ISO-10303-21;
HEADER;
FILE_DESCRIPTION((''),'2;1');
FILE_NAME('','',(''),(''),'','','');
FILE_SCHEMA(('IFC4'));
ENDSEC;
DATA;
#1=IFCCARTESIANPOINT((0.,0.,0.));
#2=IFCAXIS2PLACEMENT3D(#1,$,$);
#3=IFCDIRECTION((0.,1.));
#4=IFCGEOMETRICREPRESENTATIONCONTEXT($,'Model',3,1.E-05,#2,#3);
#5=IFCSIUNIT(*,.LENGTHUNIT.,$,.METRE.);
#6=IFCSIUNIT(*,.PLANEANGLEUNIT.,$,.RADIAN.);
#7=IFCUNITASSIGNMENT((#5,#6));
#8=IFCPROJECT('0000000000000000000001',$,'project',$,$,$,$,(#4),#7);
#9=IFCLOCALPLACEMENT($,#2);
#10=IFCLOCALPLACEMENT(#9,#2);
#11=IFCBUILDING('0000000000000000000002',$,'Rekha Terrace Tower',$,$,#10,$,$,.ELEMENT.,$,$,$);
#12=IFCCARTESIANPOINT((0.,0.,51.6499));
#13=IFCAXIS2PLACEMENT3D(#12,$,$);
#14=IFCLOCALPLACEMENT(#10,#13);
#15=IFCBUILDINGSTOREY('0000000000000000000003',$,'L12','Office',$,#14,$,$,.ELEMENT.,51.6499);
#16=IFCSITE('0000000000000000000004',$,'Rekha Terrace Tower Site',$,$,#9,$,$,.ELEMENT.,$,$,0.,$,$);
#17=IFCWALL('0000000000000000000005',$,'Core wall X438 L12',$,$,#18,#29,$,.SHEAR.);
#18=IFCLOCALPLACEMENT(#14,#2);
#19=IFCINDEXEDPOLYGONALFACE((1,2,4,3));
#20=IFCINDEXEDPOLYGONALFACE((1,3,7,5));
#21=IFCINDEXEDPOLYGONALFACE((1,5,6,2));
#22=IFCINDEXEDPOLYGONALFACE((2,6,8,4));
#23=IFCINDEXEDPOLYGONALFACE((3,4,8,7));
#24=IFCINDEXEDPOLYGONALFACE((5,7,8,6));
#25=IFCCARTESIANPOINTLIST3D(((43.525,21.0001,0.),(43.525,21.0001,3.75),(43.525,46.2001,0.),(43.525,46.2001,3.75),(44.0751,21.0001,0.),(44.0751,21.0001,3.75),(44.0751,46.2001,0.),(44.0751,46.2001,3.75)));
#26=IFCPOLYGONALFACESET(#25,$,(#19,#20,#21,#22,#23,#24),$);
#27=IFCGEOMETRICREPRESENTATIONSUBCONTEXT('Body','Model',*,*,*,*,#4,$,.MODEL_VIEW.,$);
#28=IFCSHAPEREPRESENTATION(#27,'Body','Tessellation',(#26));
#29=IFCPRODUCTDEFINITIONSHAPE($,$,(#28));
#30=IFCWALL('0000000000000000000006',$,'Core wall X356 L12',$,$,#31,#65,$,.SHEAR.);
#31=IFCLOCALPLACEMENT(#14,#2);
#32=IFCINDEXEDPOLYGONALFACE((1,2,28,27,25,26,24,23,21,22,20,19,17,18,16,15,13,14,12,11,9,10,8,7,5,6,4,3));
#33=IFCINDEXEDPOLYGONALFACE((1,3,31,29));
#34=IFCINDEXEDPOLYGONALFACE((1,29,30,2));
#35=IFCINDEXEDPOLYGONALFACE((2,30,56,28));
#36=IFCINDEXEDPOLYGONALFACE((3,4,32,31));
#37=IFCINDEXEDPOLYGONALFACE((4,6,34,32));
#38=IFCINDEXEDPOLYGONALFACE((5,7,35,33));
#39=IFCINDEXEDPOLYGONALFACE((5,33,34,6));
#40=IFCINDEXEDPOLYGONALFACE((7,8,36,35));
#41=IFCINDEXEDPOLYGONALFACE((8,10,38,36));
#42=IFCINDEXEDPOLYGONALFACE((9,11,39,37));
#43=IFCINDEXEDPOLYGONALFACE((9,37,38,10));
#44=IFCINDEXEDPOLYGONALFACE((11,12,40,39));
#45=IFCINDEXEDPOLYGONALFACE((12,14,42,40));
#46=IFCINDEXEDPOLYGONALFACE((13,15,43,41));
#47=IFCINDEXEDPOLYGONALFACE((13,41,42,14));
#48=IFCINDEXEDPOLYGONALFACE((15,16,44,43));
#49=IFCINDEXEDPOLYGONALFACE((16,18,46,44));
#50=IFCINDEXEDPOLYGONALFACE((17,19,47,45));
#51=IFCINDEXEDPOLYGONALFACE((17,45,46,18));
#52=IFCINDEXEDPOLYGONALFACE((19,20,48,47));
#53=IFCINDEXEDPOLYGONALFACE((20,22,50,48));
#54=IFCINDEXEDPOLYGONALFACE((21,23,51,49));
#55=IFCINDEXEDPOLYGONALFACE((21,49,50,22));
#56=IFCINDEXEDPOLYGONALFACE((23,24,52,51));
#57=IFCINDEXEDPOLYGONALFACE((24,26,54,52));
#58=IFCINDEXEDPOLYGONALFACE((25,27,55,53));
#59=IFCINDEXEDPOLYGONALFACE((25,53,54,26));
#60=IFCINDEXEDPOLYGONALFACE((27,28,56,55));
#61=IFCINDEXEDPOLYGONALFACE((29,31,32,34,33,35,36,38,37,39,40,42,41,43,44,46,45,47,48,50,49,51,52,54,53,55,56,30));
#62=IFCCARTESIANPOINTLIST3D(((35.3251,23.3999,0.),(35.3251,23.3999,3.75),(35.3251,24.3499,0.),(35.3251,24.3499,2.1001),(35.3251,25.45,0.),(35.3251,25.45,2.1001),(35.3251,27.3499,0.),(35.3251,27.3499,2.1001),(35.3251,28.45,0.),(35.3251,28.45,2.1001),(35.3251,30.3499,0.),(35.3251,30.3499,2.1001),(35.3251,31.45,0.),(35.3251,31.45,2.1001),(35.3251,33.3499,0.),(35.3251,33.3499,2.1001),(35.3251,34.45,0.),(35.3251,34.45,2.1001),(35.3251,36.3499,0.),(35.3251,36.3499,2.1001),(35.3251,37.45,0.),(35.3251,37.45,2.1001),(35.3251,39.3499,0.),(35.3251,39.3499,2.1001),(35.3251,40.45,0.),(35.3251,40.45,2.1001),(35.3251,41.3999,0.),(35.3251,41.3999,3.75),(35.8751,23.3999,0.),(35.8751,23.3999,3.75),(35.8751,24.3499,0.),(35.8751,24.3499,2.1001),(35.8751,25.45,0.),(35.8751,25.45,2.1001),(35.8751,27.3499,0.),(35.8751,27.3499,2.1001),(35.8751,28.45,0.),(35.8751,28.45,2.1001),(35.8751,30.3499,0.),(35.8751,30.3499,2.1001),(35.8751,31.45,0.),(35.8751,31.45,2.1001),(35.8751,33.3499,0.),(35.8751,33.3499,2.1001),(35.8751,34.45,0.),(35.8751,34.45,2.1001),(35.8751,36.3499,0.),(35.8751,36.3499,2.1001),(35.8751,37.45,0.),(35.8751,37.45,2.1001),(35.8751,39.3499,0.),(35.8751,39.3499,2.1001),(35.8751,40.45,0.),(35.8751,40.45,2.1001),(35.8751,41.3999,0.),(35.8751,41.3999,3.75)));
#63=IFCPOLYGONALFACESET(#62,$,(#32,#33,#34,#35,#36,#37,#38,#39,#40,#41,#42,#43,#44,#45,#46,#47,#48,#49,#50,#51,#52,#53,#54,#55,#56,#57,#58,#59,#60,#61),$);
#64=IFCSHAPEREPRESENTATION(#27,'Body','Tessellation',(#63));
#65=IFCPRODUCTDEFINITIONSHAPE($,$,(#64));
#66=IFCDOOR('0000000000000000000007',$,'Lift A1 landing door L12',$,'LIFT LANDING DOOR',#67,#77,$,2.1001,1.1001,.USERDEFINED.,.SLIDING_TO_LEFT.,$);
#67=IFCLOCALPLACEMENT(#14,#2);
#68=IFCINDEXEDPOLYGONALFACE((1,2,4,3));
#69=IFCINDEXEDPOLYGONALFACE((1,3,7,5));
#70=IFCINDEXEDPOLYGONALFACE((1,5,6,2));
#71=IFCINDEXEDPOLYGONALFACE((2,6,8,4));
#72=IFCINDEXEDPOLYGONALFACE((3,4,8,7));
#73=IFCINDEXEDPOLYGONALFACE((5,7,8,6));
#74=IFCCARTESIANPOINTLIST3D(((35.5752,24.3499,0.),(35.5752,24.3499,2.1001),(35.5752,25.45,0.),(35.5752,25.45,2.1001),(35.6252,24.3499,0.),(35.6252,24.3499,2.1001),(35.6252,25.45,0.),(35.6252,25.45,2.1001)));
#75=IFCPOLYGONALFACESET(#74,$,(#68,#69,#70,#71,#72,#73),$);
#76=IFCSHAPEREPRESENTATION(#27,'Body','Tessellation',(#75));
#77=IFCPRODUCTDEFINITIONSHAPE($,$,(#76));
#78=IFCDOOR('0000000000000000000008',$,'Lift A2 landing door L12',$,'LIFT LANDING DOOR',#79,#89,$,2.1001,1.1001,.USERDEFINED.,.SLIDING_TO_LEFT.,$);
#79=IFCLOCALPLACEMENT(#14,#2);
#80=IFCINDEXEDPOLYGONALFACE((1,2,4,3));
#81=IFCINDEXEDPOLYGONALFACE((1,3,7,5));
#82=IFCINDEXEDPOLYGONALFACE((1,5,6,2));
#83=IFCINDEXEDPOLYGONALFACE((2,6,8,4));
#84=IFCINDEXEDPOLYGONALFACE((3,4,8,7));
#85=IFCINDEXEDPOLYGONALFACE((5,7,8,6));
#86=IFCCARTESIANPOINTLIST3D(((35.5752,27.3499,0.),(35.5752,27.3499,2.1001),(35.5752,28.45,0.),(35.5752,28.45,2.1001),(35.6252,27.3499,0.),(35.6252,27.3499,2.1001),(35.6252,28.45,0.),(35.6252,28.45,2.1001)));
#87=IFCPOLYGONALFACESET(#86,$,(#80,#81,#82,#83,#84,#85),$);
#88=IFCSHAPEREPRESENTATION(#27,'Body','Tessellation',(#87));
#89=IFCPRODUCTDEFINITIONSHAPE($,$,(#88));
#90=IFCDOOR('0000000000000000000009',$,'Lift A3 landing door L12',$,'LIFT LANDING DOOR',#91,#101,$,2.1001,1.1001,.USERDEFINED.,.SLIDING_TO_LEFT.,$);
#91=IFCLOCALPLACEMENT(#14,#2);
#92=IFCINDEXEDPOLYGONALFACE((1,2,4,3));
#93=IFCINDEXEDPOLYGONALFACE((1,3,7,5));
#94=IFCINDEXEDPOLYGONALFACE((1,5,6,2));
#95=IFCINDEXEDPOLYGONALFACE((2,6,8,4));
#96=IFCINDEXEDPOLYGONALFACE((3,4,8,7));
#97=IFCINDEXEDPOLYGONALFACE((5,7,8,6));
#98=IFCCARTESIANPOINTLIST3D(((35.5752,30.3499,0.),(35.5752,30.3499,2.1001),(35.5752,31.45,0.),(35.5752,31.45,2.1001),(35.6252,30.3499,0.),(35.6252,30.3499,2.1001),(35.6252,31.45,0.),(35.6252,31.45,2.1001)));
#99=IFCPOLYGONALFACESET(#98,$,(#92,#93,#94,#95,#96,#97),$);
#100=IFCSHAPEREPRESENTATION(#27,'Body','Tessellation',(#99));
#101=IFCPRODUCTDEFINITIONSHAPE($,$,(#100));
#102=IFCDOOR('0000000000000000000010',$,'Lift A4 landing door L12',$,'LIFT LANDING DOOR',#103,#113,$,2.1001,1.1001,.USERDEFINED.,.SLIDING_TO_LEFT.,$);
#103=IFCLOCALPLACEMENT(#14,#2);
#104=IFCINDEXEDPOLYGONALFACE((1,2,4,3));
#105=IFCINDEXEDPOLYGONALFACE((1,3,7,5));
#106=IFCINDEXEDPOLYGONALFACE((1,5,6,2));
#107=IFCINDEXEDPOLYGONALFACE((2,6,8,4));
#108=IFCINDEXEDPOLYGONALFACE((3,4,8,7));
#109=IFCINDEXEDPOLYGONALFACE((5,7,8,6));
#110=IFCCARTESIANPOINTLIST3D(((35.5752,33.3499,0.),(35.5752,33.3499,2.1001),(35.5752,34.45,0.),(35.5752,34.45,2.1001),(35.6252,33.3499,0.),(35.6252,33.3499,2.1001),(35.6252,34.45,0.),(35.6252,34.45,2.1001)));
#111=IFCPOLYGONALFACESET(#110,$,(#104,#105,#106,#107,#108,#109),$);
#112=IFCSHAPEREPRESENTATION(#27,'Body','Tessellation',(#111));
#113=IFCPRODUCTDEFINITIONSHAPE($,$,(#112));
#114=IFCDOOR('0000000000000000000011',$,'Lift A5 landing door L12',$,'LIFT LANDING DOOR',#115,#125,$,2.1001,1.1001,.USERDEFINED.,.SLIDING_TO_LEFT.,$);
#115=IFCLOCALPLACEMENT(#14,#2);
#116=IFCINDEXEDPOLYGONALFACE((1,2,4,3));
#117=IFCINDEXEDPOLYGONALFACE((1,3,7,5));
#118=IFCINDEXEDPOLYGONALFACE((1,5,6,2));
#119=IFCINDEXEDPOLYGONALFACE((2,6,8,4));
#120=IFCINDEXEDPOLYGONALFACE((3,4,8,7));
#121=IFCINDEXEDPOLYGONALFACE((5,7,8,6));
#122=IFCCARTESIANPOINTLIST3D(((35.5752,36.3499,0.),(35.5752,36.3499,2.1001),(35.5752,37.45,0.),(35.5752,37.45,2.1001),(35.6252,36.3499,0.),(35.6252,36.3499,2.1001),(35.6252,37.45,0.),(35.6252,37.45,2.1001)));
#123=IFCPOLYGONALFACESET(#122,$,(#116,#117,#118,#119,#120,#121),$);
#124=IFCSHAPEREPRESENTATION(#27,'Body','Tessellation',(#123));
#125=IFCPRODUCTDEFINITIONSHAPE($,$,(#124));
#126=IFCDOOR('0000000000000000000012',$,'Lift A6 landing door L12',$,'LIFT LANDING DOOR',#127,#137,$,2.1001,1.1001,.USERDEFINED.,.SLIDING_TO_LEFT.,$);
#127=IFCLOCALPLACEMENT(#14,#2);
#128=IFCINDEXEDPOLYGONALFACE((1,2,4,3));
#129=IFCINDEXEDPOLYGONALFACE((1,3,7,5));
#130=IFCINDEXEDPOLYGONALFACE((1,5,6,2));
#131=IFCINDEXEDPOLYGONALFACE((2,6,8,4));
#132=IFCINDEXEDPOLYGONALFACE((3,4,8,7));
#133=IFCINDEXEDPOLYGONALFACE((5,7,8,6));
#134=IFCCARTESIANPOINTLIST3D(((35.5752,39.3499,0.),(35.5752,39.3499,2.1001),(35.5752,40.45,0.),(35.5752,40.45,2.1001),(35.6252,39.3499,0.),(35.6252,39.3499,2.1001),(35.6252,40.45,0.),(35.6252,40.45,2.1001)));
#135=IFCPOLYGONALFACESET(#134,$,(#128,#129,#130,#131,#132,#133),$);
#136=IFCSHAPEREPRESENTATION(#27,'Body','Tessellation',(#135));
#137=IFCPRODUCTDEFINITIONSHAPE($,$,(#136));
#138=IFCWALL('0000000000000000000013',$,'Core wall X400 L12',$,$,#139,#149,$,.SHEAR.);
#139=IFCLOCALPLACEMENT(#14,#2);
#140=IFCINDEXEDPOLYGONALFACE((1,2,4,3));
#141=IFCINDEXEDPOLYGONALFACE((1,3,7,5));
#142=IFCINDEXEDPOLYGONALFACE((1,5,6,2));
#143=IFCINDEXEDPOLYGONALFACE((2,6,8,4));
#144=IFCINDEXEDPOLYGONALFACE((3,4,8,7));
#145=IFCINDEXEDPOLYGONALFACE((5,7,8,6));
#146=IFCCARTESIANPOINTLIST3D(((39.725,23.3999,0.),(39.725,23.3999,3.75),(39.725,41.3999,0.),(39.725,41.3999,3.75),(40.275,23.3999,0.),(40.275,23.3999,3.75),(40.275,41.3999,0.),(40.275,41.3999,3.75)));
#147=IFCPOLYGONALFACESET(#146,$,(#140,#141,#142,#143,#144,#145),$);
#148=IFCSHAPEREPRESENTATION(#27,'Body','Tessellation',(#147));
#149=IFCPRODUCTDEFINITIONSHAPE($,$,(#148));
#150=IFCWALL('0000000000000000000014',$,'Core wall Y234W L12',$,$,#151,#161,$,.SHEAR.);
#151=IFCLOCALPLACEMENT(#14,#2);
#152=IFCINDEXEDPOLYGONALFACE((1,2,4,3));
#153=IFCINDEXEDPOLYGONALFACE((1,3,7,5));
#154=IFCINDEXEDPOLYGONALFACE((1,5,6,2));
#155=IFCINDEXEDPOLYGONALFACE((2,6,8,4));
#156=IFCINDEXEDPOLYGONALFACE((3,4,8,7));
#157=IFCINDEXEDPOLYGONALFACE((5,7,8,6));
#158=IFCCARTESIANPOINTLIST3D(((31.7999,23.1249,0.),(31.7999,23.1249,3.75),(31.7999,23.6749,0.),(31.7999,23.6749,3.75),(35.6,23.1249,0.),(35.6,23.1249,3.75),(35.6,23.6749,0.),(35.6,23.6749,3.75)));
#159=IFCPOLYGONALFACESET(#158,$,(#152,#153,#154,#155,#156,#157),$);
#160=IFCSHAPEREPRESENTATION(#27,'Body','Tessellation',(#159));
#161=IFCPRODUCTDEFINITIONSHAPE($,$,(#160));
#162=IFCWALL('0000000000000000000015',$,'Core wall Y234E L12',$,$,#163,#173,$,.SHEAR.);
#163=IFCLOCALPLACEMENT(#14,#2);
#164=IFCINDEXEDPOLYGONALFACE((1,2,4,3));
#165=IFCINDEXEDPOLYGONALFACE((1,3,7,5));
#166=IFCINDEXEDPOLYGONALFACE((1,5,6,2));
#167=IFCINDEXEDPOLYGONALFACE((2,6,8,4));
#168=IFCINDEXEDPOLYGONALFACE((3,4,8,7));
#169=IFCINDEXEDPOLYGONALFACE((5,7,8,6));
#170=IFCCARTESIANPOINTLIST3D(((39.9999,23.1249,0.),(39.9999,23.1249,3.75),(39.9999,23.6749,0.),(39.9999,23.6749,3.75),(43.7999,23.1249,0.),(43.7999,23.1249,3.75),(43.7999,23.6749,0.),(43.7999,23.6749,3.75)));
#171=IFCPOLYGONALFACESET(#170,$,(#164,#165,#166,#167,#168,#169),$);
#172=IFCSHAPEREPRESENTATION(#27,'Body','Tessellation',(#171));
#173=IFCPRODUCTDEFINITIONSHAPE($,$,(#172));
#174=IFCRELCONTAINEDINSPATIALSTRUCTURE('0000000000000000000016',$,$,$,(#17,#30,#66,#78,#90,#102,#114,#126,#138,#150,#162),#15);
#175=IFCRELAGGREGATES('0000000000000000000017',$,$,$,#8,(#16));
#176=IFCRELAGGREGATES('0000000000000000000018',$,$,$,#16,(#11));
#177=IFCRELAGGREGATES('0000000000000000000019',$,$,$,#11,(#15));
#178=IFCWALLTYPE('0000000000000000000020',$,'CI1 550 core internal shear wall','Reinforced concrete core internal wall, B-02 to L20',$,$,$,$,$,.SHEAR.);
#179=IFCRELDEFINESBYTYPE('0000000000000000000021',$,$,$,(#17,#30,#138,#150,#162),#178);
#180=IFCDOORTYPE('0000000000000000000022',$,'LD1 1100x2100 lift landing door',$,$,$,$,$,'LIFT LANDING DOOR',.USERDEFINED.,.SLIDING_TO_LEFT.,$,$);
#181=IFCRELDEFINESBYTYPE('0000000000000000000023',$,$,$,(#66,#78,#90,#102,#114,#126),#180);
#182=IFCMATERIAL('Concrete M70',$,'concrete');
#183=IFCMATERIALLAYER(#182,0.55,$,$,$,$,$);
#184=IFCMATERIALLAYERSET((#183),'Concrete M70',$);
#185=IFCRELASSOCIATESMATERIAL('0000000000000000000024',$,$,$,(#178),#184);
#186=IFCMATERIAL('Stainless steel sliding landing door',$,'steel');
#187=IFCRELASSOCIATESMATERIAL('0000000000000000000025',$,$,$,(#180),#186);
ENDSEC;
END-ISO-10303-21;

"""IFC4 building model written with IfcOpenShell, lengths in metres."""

from ifc_helpers import new_model, si_unit, direction, frame, frame_2d, origin, place, context, subcontext, project, spatial, rectangle, extrude, material, layer, layer_set, type_object, element, fill, save


model = new_model("IFC4")

# Units and contexts
model_context = context("Model", 3, precision=1e-05, world=origin(), true_north=direction((0.0, 1.0)))
body_context = subcontext(model_context, "Body", "Model", "MODEL_VIEW")
ifc_project = project(units=[si_unit("LENGTHUNIT", "METRE"), si_unit("PLANEANGLEUNIT", "RADIAN")], contexts=[model_context])

# Site, building, storey
site_placement = place(None, origin())
site = spatial("IfcSite", under=ifc_project, at=site_placement, Name="Rekha Terrace Tower Site", CompositionType="ELEMENT", RefElevation=0.0)
building_placement = place(site_placement, origin())
building = spatial("IfcBuilding", under=site, at=building_placement, Name="Rekha Terrace Tower", CompositionType="ELEMENT")
storey_placement = place(building_placement, frame((0.0, 0.0, 51.6499)))
storey = spatial("IfcBuildingStorey", under=building, at=storey_placement, Name="L12", Description="Office", CompositionType="ELEMENT", Elevation=51.6499)

# Wall
ifc_material_1 = material(Name="Concrete M70", Category="concrete")
ifc_layer_1 = layer(ifc_material_1, 0.55)
ifc_layer_set_1 = layer_set([ifc_layer_1], Name="Concrete M70")
wall_type_1 = type_object("IfcWallType", Name="CI1 550 core internal shear wall", Description="Reinforced concrete core internal wall, B-02 to L20", PredefinedType="SHEAR", material=ifc_layer_set_1)
wall_1_placement = place(storey_placement, frame((43.8, 21.0, 0.0), z_axis=(0.0, 0.0, 1.0), x_axis=(0.0, 1.0, 0.0)))
element("IfcWall", 1, at=wall_1_placement, inside=storey, type_object=wall_type_1, Name="Core wall X438 L12", PredefinedType="SHEAR", context=body_context, shape_type="SweptSolid", body=[
    extrude(rectangle(XDim=25.2, YDim=0.55, at=frame_2d((12.6001, 0.0))), origin(), (0.0, 0.0, 1.0), 3.75),
])

# Wall, openings, doors
wall_2_placement = place(storey_placement, frame((35.6001, 23.3999, 0.0), z_axis=(0.0, 0.0, 1.0), x_axis=(0.0, 1.0, 0.0)))
wall_2 = element("IfcWall", 2, at=wall_2_placement, inside=storey, type_object=wall_type_1, Name="Core wall X356 L12", PredefinedType="SHEAR", context=body_context, shape_type="SweptSolid", body=[
    extrude(rectangle(XDim=18.0, YDim=0.55, at=frame_2d((9.0, 0.0))), origin(), (0.0, 0.0, 1.0), 3.75),
])
opening_1_placement = place(wall_2_placement, frame((0.95, 0.0, 0.0)))
opening_1 = element("IfcOpeningElement", 3, at=opening_1_placement, cuts=wall_2, PredefinedType="OPENING", context=body_context, shape_type="SweptSolid", body=[
    extrude(rectangle(XDim=1.1001, YDim=2.1001, at=frame_2d((0.55, 1.05))), frame((0.0, 0.2849, 0.0), z_axis=(0.0, -1.0, 0.0), x_axis=(1.0, 0.0, 0.0)), (0.0, 0.0, 1.0), 0.5701),
])
opening_2_placement = place(wall_2_placement, frame((3.95, 0.0, 0.0)))
opening_2 = element("IfcOpeningElement", 4, at=opening_2_placement, cuts=wall_2, PredefinedType="OPENING", context=body_context, shape_type="SweptSolid", body=[
    extrude(rectangle(XDim=1.1001, YDim=2.1001, at=frame_2d((0.55, 1.05))), frame((0.0, 0.2849, 0.0), z_axis=(0.0, -1.0, 0.0), x_axis=(1.0, 0.0, 0.0)), (0.0, 0.0, 1.0), 0.5701),
])
opening_3_placement = place(wall_2_placement, frame((6.95, 0.0, 0.0)))
opening_3 = element("IfcOpeningElement", 5, at=opening_3_placement, cuts=wall_2, PredefinedType="OPENING", context=body_context, shape_type="SweptSolid", body=[
    extrude(rectangle(XDim=1.1001, YDim=2.1001, at=frame_2d((0.55, 1.05))), frame((0.0, 0.2849, 0.0), z_axis=(0.0, -1.0, 0.0), x_axis=(1.0, 0.0, 0.0)), (0.0, 0.0, 1.0), 0.5701),
])
opening_4_placement = place(wall_2_placement, frame((9.95, 0.0, 0.0)))
opening_4 = element("IfcOpeningElement", 6, at=opening_4_placement, cuts=wall_2, PredefinedType="OPENING", context=body_context, shape_type="SweptSolid", body=[
    extrude(rectangle(XDim=1.1001, YDim=2.1001, at=frame_2d((0.55, 1.05))), frame((0.0, 0.2849, 0.0), z_axis=(0.0, -1.0, 0.0), x_axis=(1.0, 0.0, 0.0)), (0.0, 0.0, 1.0), 0.5701),
])
opening_5_placement = place(wall_2_placement, frame((12.95, 0.0, 0.0)))
opening_5 = element("IfcOpeningElement", 7, at=opening_5_placement, cuts=wall_2, PredefinedType="OPENING", context=body_context, shape_type="SweptSolid", body=[
    extrude(rectangle(XDim=1.1001, YDim=2.1001, at=frame_2d((0.55, 1.05))), frame((0.0, 0.2849, 0.0), z_axis=(0.0, -1.0, 0.0), x_axis=(1.0, 0.0, 0.0)), (0.0, 0.0, 1.0), 0.5701),
])
opening_6_placement = place(wall_2_placement, frame((15.95, 0.0, 0.0)))
opening_6 = element("IfcOpeningElement", 8, at=opening_6_placement, cuts=wall_2, PredefinedType="OPENING", context=body_context, shape_type="SweptSolid", body=[
    extrude(rectangle(XDim=1.1001, YDim=2.1001, at=frame_2d((0.55, 1.05))), frame((0.0, 0.2849, 0.0), z_axis=(0.0, -1.0, 0.0), x_axis=(1.0, 0.0, 0.0)), (0.0, 0.0, 1.0), 0.5701),
])
ifc_material_2 = material(Name="Stainless steel sliding landing door", Category="steel")
door_type_1 = type_object("IfcDoorType", Name="LD1 1100x2100 lift landing door", ElementType="LIFT LANDING DOOR", OperationType="SLIDING_TO_LEFT", PredefinedType="USERDEFINED", material=ifc_material_2)
door_1_placement = place(opening_1_placement, origin())
door_1 = element("IfcDoor", 9, at=door_1_placement, inside=storey, type_object=door_type_1, Name="Lift A1 landing door L12", ObjectType="LIFT LANDING DOOR", OperationType="SLIDING_TO_LEFT", OverallHeight=2.1001, OverallWidth=1.1001, PredefinedType="USERDEFINED", context=body_context, shape_type="SweptSolid", body=[
    extrude(rectangle(XDim=1.1001, YDim=2.1001, at=frame_2d((0.55, 1.05))), frame((0.0, 0.0249, 0.0), z_axis=(0.0, -1.0, 0.0), x_axis=(1.0, 0.0, 0.0)), (0.0, 0.0, 1.0), 0.05),
])
fill(opening_1, door_1)
door_2_placement = place(opening_2_placement, origin())
door_2 = element("IfcDoor", 10, at=door_2_placement, inside=storey, type_object=door_type_1, Name="Lift A2 landing door L12", ObjectType="LIFT LANDING DOOR", OperationType="SLIDING_TO_LEFT", OverallHeight=2.1001, OverallWidth=1.1001, PredefinedType="USERDEFINED", context=body_context, shape_type="SweptSolid", body=[
    extrude(rectangle(XDim=1.1001, YDim=2.1001, at=frame_2d((0.55, 1.05))), frame((0.0, 0.0249, 0.0), z_axis=(0.0, -1.0, 0.0), x_axis=(1.0, 0.0, 0.0)), (0.0, 0.0, 1.0), 0.05),
])
fill(opening_2, door_2)
door_3_placement = place(opening_3_placement, origin())
door_3 = element("IfcDoor", 11, at=door_3_placement, inside=storey, type_object=door_type_1, Name="Lift A3 landing door L12", ObjectType="LIFT LANDING DOOR", OperationType="SLIDING_TO_LEFT", OverallHeight=2.1001, OverallWidth=1.1001, PredefinedType="USERDEFINED", context=body_context, shape_type="SweptSolid", body=[
    extrude(rectangle(XDim=1.1001, YDim=2.1001, at=frame_2d((0.55, 1.05))), frame((0.0, 0.0249, 0.0), z_axis=(0.0, -1.0, 0.0), x_axis=(1.0, 0.0, 0.0)), (0.0, 0.0, 1.0), 0.05),
])
fill(opening_3, door_3)
door_4_placement = place(opening_4_placement, origin())
door_4 = element("IfcDoor", 12, at=door_4_placement, inside=storey, type_object=door_type_1, Name="Lift A4 landing door L12", ObjectType="LIFT LANDING DOOR", OperationType="SLIDING_TO_LEFT", OverallHeight=2.1001, OverallWidth=1.1001, PredefinedType="USERDEFINED", context=body_context, shape_type="SweptSolid", body=[
    extrude(rectangle(XDim=1.1001, YDim=2.1001, at=frame_2d((0.55, 1.05))), frame((0.0, 0.0249, 0.0), z_axis=(0.0, -1.0, 0.0), x_axis=(1.0, 0.0, 0.0)), (0.0, 0.0, 1.0), 0.05),
])
fill(opening_4, door_4)
door_5_placement = place(opening_5_placement, origin())
door_5 = element("IfcDoor", 13, at=door_5_placement, inside=storey, type_object=door_type_1, Name="Lift A5 landing door L12", ObjectType="LIFT LANDING DOOR", OperationType="SLIDING_TO_LEFT", OverallHeight=2.1001, OverallWidth=1.1001, PredefinedType="USERDEFINED", context=body_context, shape_type="SweptSolid", body=[
    extrude(rectangle(XDim=1.1001, YDim=2.1001, at=frame_2d((0.55, 1.05))), frame((0.0, 0.0249, 0.0), z_axis=(0.0, -1.0, 0.0), x_axis=(1.0, 0.0, 0.0)), (0.0, 0.0, 1.0), 0.05),
])
fill(opening_5, door_5)
door_6_placement = place(opening_6_placement, origin())
door_6 = element("IfcDoor", 14, at=door_6_placement, inside=storey, type_object=door_type_1, Name="Lift A6 landing door L12", ObjectType="LIFT LANDING DOOR", OperationType="SLIDING_TO_LEFT", OverallHeight=2.1001, OverallWidth=1.1001, PredefinedType="USERDEFINED", context=body_context, shape_type="SweptSolid", body=[
    extrude(rectangle(XDim=1.1001, YDim=2.1001, at=frame_2d((0.55, 1.05))), frame((0.0, 0.0249, 0.0), z_axis=(0.0, -1.0, 0.0), x_axis=(1.0, 0.0, 0.0)), (0.0, 0.0, 1.0), 0.05),
])
fill(opening_6, door_6)

# Walls
wall_3_placement = place(storey_placement, frame((40.0, 23.3999, 0.0), z_axis=(0.0, 0.0, 1.0), x_axis=(0.0, 1.0, 0.0)))
element("IfcWall", 15, at=wall_3_placement, inside=storey, type_object=wall_type_1, Name="Core wall X400 L12", PredefinedType="SHEAR", context=body_context, shape_type="SweptSolid", body=[
    extrude(rectangle(XDim=18.0, YDim=0.55, at=frame_2d((9.0, 0.0))), origin(), (0.0, 0.0, 1.0), 3.75),
])
for number, where, z_axis, x_axis, name in (
    (16, (31.8, 23.3999, 0.0), (0.0, 0.0, 1.0), (1.0, 0.0, 0.0), "Core wall Y234W L12"),
    (17, (40.0, 23.3999, 0.0), (0.0, 0.0, 1.0), (1.0, 0.0, 0.0), "Core wall Y234E L12"),
):
    element("IfcWall", number, at=place(storey_placement, frame(where, z_axis=z_axis, x_axis=x_axis)), inside=storey, type_object=wall_type_1, Name=name, PredefinedType="SHEAR", context=body_context, shape_type="SweptSolid", body=[
        extrude(rectangle(XDim=3.8, YDim=0.55, at=frame_2d((1.8999, 0.0))), origin(), (0.0, 0.0, 1.0), 3.75),
    ])

save(model, "model.ifc")
